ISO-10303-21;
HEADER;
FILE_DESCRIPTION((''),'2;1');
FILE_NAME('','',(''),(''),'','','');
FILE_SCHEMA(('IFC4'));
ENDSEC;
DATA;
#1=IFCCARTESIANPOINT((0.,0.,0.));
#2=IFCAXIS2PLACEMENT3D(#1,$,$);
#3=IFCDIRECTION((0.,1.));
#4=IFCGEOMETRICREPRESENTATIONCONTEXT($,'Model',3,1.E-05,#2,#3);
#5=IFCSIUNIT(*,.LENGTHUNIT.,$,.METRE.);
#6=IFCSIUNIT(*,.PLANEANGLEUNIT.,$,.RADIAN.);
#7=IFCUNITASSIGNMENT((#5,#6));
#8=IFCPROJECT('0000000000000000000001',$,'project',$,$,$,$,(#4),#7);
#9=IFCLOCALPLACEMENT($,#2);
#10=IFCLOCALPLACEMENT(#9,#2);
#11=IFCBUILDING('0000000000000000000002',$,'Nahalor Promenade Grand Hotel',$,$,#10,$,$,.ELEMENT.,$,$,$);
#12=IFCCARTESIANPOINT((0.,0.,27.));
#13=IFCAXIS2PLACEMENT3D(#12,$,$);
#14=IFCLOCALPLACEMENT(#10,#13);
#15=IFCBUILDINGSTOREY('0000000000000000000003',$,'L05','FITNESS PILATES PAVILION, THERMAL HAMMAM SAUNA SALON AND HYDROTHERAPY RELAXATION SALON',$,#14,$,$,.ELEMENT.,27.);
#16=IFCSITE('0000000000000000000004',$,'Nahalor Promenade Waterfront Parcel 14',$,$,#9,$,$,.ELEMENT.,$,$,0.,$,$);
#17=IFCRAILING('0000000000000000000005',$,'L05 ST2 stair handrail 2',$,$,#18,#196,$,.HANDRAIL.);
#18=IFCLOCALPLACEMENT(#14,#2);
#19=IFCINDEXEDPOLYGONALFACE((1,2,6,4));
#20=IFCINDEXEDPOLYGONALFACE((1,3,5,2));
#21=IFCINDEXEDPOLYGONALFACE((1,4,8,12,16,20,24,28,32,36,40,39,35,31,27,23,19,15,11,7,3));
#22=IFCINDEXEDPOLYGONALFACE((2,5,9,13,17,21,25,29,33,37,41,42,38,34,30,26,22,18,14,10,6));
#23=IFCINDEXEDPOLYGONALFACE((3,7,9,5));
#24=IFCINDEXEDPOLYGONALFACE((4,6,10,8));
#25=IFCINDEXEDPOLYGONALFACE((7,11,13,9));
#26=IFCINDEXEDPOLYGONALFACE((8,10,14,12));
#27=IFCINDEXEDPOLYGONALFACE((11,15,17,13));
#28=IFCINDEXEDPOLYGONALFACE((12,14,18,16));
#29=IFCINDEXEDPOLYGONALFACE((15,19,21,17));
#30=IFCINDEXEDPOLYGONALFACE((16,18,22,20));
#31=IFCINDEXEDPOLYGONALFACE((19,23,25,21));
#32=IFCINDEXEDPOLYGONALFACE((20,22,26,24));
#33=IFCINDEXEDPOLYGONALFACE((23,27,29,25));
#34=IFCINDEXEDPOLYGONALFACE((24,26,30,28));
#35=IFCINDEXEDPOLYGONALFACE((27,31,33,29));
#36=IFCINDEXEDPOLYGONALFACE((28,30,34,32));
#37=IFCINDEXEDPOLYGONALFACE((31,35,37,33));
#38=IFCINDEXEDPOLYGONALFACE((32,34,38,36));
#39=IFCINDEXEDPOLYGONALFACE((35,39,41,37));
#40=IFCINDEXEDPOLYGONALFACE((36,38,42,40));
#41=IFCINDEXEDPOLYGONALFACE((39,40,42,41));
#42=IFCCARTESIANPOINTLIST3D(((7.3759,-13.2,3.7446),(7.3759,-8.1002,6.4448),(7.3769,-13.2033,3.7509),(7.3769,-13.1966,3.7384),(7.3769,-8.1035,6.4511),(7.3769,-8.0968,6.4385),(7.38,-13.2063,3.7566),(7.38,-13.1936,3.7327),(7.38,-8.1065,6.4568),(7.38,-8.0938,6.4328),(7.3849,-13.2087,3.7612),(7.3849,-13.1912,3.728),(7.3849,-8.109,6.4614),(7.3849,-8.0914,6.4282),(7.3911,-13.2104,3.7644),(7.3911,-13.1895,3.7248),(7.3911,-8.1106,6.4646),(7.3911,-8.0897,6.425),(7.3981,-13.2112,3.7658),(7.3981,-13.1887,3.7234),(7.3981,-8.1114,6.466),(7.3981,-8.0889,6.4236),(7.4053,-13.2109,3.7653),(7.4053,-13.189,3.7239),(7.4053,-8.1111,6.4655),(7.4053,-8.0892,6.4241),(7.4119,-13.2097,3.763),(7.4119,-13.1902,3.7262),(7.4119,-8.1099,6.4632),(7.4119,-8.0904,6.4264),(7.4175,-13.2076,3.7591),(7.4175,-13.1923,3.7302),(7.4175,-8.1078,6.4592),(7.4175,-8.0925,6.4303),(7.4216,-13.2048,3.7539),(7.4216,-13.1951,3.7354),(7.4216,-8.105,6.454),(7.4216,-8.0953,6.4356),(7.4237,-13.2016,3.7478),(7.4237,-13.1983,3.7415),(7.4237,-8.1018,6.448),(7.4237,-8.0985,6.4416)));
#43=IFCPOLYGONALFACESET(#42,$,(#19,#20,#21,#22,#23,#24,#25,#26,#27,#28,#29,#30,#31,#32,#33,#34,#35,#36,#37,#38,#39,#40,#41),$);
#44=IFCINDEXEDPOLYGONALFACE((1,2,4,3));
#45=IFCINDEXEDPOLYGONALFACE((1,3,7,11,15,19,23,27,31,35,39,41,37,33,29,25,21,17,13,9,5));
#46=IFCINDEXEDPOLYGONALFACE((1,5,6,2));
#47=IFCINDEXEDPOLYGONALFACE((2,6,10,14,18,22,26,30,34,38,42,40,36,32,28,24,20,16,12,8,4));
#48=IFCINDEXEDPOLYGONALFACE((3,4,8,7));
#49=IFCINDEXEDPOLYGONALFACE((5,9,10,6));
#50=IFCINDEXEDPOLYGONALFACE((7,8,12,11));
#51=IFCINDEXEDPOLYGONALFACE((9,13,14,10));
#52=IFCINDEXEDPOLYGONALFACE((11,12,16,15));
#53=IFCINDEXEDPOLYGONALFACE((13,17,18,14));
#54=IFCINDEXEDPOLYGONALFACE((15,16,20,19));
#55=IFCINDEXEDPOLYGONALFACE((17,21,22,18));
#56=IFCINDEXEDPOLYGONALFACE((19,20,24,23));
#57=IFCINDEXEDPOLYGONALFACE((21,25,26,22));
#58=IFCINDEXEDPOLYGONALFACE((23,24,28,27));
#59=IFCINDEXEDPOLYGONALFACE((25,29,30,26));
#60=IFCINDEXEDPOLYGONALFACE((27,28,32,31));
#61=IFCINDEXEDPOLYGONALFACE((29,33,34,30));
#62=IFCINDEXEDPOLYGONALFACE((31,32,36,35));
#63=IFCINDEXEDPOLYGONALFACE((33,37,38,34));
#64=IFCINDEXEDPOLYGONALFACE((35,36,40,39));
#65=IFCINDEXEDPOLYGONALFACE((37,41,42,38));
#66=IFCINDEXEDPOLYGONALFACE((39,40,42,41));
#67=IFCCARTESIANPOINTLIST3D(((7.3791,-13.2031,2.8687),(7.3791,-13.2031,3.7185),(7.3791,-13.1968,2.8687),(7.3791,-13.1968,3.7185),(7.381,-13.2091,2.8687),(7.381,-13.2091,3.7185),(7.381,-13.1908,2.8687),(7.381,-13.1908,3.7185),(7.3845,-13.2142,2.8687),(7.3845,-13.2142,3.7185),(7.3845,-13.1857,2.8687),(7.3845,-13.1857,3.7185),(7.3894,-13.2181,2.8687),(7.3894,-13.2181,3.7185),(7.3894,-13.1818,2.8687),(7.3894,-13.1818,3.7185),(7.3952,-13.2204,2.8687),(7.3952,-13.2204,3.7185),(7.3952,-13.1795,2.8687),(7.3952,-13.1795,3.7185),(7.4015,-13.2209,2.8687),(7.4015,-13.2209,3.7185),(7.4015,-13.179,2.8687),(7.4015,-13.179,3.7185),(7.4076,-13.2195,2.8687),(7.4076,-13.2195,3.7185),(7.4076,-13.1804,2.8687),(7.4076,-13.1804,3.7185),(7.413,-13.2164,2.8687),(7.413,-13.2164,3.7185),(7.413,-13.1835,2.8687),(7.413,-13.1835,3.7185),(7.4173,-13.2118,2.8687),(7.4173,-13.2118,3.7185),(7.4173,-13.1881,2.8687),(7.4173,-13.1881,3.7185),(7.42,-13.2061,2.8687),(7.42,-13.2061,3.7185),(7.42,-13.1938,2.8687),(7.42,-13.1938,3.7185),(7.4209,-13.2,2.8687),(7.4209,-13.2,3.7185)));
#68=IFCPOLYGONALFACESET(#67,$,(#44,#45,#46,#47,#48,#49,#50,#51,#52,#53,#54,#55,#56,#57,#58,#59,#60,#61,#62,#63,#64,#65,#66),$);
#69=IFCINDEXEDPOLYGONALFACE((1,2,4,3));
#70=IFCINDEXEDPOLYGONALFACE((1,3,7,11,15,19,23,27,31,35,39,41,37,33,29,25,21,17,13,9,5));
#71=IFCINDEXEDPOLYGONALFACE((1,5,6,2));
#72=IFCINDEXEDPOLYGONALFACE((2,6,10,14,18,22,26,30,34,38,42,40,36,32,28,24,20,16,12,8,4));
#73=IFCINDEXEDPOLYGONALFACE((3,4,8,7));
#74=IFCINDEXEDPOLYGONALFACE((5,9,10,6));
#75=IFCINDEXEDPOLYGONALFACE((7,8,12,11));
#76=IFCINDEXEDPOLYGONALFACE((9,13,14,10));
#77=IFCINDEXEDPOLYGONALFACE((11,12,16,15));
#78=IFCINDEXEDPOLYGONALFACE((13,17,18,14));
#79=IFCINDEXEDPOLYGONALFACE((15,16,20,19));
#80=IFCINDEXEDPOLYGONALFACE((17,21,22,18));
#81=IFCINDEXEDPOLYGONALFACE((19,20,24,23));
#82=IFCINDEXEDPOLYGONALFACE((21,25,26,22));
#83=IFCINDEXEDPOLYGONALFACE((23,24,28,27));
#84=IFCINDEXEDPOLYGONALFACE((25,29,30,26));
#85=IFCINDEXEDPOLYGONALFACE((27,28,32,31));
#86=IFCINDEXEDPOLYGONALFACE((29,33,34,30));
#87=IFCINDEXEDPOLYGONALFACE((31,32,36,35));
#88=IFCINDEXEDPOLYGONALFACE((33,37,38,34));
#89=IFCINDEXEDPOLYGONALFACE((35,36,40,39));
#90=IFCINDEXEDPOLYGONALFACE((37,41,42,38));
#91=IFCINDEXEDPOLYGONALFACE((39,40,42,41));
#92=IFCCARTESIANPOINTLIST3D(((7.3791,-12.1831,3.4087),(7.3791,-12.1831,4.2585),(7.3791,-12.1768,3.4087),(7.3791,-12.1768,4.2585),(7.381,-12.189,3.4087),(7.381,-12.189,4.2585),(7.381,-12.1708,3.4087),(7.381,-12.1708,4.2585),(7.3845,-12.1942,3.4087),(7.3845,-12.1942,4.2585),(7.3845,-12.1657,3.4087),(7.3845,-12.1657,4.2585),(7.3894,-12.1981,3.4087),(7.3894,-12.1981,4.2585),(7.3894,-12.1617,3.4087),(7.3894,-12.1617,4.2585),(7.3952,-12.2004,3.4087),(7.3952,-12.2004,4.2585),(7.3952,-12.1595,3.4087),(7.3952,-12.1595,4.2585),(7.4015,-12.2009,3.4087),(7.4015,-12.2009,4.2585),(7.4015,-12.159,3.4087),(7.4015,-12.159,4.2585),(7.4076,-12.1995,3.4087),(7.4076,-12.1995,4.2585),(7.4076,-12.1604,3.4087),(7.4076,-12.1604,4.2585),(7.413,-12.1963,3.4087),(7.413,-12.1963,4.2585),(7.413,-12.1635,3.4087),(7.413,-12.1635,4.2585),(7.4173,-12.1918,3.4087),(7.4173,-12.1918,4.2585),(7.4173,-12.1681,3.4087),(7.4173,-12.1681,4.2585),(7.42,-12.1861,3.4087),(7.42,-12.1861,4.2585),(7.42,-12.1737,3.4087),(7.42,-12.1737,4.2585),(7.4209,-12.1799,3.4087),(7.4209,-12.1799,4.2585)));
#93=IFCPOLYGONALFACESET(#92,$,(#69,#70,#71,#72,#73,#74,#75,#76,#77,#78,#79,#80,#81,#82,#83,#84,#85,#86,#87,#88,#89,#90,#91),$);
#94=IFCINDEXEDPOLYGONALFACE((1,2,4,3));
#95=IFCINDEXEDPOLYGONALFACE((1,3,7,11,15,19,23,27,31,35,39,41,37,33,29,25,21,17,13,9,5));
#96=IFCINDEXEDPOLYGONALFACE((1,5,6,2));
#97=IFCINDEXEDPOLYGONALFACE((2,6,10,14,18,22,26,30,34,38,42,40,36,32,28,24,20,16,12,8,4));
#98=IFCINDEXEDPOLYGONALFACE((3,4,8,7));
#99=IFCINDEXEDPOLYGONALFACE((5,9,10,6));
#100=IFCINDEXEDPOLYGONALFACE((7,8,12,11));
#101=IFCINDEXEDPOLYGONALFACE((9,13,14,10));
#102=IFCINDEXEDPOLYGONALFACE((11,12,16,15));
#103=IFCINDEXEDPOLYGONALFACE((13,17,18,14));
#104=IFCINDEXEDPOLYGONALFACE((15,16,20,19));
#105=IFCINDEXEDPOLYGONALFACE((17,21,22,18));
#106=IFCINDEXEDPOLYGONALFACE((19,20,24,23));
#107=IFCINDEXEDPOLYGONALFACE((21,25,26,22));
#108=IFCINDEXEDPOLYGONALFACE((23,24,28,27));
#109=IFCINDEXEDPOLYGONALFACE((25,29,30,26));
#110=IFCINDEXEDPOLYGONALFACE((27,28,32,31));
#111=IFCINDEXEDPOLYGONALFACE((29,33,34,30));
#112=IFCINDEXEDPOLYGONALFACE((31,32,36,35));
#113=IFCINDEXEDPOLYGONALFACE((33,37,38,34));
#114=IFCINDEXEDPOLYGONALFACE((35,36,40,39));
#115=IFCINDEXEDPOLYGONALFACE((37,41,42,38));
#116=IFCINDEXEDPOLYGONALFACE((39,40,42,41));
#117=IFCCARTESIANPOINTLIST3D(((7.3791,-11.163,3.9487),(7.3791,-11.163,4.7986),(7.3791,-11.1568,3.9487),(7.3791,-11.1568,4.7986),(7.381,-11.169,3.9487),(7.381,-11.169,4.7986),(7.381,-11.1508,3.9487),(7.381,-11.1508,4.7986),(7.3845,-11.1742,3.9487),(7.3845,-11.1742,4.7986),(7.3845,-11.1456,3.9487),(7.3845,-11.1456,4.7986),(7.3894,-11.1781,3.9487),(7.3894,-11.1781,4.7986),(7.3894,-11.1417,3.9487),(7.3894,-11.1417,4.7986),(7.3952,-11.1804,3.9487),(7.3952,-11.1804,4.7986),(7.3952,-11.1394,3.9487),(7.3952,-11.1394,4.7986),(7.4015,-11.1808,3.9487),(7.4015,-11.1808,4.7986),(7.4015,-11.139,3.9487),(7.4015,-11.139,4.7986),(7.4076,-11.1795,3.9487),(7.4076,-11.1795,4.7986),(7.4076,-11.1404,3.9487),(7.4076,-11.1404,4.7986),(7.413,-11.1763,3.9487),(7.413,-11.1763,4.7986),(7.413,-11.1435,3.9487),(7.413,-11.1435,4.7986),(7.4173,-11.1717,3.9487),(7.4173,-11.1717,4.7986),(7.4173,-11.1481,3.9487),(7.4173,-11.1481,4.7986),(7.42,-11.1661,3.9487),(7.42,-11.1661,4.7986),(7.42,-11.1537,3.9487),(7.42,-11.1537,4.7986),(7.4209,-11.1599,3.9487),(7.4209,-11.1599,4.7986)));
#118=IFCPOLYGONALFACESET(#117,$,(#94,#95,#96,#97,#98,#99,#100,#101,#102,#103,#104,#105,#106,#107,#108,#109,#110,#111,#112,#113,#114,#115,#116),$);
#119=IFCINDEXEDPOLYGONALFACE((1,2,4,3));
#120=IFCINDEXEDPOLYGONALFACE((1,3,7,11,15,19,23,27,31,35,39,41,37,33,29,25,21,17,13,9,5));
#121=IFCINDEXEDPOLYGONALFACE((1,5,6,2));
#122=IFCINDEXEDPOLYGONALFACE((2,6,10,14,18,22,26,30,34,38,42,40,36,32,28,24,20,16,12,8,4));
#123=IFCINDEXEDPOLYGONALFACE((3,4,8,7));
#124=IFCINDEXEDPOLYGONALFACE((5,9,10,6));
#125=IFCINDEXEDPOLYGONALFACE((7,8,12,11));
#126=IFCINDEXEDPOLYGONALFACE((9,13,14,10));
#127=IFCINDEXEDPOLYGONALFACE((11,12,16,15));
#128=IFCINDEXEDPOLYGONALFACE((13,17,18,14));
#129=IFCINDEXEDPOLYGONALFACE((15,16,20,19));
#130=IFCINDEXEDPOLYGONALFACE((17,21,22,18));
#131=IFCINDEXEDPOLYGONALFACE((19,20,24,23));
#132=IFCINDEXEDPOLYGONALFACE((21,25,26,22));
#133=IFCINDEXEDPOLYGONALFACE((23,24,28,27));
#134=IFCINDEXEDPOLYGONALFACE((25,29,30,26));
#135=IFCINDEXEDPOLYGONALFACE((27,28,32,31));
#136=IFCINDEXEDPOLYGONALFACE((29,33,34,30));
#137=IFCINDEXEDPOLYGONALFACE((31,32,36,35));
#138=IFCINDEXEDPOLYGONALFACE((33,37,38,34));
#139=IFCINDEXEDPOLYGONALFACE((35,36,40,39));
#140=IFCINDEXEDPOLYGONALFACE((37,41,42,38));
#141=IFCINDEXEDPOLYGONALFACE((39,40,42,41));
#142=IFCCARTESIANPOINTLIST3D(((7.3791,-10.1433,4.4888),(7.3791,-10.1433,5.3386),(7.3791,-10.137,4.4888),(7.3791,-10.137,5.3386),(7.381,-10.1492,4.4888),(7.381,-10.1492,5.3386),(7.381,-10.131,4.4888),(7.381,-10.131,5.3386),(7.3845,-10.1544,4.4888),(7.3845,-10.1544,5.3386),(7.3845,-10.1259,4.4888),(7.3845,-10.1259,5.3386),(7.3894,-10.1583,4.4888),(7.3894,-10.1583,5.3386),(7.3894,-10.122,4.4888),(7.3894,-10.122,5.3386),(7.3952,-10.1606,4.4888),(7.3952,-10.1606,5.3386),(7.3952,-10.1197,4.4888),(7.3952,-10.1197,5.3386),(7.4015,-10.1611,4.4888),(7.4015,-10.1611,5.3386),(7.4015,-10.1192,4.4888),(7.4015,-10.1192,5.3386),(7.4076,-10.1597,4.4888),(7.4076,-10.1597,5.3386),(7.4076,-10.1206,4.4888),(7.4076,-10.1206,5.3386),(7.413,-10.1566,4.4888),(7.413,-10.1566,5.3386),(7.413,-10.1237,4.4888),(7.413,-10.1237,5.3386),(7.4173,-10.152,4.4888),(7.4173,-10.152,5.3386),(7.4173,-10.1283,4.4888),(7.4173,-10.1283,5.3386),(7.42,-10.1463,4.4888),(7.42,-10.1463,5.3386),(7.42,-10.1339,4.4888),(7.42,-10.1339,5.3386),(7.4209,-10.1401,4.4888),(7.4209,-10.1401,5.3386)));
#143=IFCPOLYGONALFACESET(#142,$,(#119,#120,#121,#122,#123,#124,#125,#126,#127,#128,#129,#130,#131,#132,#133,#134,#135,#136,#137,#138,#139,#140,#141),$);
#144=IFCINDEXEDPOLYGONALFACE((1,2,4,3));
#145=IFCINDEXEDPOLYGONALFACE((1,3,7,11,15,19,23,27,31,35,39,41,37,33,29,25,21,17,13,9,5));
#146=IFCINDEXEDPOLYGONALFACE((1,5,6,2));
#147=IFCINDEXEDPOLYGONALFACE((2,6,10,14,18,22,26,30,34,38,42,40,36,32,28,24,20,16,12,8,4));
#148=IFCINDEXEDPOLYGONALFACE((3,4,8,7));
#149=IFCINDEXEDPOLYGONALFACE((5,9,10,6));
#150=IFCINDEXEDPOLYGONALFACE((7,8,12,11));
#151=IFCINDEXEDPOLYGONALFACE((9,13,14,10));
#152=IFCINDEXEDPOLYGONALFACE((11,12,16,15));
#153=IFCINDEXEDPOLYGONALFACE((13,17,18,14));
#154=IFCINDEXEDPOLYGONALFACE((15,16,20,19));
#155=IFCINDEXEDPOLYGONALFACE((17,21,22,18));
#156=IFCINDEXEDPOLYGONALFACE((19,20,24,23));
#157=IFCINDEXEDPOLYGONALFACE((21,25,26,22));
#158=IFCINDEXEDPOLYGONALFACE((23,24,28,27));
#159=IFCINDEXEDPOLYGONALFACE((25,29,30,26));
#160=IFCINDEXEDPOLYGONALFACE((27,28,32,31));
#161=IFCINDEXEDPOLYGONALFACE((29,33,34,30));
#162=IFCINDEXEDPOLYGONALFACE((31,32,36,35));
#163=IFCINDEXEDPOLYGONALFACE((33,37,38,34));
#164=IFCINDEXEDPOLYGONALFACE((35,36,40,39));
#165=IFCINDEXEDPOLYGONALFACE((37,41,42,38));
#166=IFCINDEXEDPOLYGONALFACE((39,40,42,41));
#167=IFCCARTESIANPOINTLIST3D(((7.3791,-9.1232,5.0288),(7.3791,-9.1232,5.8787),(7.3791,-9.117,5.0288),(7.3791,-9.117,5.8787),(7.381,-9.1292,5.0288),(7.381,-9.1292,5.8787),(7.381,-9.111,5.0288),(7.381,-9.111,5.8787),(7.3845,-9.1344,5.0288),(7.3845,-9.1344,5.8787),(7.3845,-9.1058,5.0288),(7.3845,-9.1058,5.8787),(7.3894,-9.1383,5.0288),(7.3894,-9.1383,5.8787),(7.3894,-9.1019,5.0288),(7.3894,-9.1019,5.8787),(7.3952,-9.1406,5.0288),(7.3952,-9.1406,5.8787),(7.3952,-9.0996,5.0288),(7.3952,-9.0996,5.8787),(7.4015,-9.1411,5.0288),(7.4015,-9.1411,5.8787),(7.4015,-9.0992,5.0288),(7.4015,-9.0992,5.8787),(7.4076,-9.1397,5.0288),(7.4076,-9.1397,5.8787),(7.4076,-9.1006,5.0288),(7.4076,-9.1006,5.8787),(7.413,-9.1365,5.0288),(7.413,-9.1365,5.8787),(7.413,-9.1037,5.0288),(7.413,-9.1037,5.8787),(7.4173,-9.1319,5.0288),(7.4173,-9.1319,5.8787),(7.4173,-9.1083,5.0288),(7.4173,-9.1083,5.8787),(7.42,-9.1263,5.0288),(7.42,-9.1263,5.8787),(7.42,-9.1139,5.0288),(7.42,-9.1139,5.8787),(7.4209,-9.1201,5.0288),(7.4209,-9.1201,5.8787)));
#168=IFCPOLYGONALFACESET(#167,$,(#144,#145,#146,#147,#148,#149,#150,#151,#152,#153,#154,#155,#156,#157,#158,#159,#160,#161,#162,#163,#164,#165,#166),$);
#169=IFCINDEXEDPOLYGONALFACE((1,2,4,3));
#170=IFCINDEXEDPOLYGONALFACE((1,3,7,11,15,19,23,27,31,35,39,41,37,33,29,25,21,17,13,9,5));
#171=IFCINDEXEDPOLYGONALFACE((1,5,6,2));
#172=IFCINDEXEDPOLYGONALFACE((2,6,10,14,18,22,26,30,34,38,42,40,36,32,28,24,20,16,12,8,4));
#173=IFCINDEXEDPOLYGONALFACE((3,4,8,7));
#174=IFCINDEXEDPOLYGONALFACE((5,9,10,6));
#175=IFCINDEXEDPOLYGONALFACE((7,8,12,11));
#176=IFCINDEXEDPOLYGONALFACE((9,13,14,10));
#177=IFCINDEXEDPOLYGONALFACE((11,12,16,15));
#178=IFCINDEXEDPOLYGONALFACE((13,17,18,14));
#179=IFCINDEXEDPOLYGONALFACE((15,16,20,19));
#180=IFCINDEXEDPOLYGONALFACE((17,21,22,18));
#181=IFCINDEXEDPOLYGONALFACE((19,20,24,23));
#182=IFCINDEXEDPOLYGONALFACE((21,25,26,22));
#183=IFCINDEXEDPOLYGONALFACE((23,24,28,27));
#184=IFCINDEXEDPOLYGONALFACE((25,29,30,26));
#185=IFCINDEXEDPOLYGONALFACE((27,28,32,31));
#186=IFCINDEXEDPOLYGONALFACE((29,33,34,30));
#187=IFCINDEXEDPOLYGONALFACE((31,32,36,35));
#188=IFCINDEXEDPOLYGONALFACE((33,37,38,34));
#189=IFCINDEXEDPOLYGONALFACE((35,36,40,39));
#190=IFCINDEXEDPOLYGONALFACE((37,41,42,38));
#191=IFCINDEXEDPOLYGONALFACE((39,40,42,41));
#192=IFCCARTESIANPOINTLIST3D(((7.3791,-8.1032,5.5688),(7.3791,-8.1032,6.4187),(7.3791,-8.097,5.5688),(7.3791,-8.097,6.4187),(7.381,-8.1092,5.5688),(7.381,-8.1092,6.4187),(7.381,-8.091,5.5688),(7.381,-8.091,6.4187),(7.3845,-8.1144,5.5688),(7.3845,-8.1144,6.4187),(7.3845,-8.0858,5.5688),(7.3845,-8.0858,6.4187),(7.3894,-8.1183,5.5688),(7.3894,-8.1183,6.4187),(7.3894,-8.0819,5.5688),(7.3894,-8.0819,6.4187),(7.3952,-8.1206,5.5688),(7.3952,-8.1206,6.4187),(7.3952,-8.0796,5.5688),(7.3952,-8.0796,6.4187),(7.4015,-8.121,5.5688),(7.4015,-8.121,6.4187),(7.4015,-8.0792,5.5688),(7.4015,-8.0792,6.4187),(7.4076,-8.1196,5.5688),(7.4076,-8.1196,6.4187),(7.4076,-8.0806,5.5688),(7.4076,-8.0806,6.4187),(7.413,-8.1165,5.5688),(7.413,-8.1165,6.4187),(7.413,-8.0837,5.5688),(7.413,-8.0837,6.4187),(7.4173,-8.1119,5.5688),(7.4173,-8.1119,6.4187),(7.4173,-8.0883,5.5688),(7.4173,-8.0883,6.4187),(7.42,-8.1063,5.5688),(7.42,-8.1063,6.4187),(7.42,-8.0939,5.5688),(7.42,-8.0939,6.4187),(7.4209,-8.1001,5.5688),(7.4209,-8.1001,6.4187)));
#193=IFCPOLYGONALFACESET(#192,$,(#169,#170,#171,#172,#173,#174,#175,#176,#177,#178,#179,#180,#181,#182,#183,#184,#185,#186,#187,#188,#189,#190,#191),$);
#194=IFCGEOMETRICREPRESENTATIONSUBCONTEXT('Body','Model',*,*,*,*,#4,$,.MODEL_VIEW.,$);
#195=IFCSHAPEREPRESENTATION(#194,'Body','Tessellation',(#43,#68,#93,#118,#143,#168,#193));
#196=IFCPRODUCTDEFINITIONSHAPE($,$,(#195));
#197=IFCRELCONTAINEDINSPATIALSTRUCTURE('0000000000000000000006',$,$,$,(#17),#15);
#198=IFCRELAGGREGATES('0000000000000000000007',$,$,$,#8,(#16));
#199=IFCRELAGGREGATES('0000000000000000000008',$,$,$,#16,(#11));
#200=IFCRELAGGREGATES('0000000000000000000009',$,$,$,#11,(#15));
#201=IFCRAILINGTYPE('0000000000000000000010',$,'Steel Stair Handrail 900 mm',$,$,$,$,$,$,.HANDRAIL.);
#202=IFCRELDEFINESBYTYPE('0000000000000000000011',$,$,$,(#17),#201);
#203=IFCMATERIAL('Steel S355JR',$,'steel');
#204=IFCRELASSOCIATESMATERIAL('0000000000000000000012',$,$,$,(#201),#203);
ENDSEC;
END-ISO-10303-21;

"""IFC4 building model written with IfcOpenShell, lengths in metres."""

from ifc_helpers import new_model, si_unit, direction, frame, origin, origin_2d, place, context, subcontext, project, spatial, circle, extrude, material, type_object, element, save


model = new_model("IFC4")

# Units and contexts
model_context = context("Model", 3, precision=1e-05, world=origin(), true_north=direction((0.0, 1.0)))
body_context = subcontext(model_context, "Body", "Model", "MODEL_VIEW")
ifc_project = project(units=[si_unit("LENGTHUNIT", "METRE"), si_unit("PLANEANGLEUNIT", "RADIAN")], contexts=[model_context])

# Site, building, storey
site_placement = place(None, origin())
site = spatial("IfcSite", under=ifc_project, at=site_placement, Name="Nahalor Promenade Waterfront Parcel 14", CompositionType="ELEMENT", RefElevation=0.0)
building_placement = place(site_placement, origin())
building = spatial("IfcBuilding", under=site, at=building_placement, Name="Nahalor Promenade Grand Hotel", CompositionType="ELEMENT")
storey_placement = place(building_placement, frame((0.0, 0.0, 27.0)))
storey = spatial("IfcBuildingStorey", under=building, at=storey_placement, Name="L05", Description="FITNESS PILATES PAVILION, THERMAL HAMMAM SAUNA SALON AND HYDROTHERAPY RELAXATION SALON", CompositionType="ELEMENT", Elevation=27.0)

# Shared definitions
ifc_material_1 = material(Name="Steel S355JR", Category="steel")

# Railing
railing_type_1 = type_object("IfcRailingType", Name="Steel Stair Handrail 900 mm", PredefinedType="HANDRAIL", material=ifc_material_1)
railing_1_placement = place(storey_placement, frame((7.3999, -13.2, 2.8687)))
element("IfcRailing", 1, at=railing_1_placement, inside=storey, type_object=railing_type_1, Name="L05 ST2 stair handrail 2", PredefinedType="HANDRAIL", context=body_context, shape_type="SweptSolid", body=[
    extrude(circle(Radius=0.024, at=origin_2d()), frame((0.0, 0.0, 0.876), z_axis=(0.0, 0.883768, 0.467925), x_axis=(-1.0, 0.0, 0.0)), (0.0, 0.0, 1.0), 5.7705),
    extrude(circle(Radius=0.021, at=origin_2d()), origin(), (0.0, 0.0, 1.0), 0.8499),
    extrude(circle(Radius=0.021, at=origin_2d()), frame((0.0, 1.02, 0.54)), (0.0, 0.0, 1.0), 0.8499),
    extrude(circle(Radius=0.021, at=origin_2d()), frame((0.0, 2.04, 1.0801)), (0.0, 0.0, 1.0), 0.8499),
    extrude(circle(Radius=0.021, at=origin_2d()), frame((0.0, 3.0598, 1.6201)), (0.0, 0.0, 1.0), 0.8499),
    extrude(circle(Radius=0.021, at=origin_2d()), frame((0.0, 4.0798, 2.1602)), (0.0, 0.0, 1.0), 0.8499),
    extrude(circle(Radius=0.021, at=origin_2d()), frame((0.0, 5.0999, 2.7002)), (0.0, 0.0, 1.0), 0.8499),
])

save(model, "model.ifc")
